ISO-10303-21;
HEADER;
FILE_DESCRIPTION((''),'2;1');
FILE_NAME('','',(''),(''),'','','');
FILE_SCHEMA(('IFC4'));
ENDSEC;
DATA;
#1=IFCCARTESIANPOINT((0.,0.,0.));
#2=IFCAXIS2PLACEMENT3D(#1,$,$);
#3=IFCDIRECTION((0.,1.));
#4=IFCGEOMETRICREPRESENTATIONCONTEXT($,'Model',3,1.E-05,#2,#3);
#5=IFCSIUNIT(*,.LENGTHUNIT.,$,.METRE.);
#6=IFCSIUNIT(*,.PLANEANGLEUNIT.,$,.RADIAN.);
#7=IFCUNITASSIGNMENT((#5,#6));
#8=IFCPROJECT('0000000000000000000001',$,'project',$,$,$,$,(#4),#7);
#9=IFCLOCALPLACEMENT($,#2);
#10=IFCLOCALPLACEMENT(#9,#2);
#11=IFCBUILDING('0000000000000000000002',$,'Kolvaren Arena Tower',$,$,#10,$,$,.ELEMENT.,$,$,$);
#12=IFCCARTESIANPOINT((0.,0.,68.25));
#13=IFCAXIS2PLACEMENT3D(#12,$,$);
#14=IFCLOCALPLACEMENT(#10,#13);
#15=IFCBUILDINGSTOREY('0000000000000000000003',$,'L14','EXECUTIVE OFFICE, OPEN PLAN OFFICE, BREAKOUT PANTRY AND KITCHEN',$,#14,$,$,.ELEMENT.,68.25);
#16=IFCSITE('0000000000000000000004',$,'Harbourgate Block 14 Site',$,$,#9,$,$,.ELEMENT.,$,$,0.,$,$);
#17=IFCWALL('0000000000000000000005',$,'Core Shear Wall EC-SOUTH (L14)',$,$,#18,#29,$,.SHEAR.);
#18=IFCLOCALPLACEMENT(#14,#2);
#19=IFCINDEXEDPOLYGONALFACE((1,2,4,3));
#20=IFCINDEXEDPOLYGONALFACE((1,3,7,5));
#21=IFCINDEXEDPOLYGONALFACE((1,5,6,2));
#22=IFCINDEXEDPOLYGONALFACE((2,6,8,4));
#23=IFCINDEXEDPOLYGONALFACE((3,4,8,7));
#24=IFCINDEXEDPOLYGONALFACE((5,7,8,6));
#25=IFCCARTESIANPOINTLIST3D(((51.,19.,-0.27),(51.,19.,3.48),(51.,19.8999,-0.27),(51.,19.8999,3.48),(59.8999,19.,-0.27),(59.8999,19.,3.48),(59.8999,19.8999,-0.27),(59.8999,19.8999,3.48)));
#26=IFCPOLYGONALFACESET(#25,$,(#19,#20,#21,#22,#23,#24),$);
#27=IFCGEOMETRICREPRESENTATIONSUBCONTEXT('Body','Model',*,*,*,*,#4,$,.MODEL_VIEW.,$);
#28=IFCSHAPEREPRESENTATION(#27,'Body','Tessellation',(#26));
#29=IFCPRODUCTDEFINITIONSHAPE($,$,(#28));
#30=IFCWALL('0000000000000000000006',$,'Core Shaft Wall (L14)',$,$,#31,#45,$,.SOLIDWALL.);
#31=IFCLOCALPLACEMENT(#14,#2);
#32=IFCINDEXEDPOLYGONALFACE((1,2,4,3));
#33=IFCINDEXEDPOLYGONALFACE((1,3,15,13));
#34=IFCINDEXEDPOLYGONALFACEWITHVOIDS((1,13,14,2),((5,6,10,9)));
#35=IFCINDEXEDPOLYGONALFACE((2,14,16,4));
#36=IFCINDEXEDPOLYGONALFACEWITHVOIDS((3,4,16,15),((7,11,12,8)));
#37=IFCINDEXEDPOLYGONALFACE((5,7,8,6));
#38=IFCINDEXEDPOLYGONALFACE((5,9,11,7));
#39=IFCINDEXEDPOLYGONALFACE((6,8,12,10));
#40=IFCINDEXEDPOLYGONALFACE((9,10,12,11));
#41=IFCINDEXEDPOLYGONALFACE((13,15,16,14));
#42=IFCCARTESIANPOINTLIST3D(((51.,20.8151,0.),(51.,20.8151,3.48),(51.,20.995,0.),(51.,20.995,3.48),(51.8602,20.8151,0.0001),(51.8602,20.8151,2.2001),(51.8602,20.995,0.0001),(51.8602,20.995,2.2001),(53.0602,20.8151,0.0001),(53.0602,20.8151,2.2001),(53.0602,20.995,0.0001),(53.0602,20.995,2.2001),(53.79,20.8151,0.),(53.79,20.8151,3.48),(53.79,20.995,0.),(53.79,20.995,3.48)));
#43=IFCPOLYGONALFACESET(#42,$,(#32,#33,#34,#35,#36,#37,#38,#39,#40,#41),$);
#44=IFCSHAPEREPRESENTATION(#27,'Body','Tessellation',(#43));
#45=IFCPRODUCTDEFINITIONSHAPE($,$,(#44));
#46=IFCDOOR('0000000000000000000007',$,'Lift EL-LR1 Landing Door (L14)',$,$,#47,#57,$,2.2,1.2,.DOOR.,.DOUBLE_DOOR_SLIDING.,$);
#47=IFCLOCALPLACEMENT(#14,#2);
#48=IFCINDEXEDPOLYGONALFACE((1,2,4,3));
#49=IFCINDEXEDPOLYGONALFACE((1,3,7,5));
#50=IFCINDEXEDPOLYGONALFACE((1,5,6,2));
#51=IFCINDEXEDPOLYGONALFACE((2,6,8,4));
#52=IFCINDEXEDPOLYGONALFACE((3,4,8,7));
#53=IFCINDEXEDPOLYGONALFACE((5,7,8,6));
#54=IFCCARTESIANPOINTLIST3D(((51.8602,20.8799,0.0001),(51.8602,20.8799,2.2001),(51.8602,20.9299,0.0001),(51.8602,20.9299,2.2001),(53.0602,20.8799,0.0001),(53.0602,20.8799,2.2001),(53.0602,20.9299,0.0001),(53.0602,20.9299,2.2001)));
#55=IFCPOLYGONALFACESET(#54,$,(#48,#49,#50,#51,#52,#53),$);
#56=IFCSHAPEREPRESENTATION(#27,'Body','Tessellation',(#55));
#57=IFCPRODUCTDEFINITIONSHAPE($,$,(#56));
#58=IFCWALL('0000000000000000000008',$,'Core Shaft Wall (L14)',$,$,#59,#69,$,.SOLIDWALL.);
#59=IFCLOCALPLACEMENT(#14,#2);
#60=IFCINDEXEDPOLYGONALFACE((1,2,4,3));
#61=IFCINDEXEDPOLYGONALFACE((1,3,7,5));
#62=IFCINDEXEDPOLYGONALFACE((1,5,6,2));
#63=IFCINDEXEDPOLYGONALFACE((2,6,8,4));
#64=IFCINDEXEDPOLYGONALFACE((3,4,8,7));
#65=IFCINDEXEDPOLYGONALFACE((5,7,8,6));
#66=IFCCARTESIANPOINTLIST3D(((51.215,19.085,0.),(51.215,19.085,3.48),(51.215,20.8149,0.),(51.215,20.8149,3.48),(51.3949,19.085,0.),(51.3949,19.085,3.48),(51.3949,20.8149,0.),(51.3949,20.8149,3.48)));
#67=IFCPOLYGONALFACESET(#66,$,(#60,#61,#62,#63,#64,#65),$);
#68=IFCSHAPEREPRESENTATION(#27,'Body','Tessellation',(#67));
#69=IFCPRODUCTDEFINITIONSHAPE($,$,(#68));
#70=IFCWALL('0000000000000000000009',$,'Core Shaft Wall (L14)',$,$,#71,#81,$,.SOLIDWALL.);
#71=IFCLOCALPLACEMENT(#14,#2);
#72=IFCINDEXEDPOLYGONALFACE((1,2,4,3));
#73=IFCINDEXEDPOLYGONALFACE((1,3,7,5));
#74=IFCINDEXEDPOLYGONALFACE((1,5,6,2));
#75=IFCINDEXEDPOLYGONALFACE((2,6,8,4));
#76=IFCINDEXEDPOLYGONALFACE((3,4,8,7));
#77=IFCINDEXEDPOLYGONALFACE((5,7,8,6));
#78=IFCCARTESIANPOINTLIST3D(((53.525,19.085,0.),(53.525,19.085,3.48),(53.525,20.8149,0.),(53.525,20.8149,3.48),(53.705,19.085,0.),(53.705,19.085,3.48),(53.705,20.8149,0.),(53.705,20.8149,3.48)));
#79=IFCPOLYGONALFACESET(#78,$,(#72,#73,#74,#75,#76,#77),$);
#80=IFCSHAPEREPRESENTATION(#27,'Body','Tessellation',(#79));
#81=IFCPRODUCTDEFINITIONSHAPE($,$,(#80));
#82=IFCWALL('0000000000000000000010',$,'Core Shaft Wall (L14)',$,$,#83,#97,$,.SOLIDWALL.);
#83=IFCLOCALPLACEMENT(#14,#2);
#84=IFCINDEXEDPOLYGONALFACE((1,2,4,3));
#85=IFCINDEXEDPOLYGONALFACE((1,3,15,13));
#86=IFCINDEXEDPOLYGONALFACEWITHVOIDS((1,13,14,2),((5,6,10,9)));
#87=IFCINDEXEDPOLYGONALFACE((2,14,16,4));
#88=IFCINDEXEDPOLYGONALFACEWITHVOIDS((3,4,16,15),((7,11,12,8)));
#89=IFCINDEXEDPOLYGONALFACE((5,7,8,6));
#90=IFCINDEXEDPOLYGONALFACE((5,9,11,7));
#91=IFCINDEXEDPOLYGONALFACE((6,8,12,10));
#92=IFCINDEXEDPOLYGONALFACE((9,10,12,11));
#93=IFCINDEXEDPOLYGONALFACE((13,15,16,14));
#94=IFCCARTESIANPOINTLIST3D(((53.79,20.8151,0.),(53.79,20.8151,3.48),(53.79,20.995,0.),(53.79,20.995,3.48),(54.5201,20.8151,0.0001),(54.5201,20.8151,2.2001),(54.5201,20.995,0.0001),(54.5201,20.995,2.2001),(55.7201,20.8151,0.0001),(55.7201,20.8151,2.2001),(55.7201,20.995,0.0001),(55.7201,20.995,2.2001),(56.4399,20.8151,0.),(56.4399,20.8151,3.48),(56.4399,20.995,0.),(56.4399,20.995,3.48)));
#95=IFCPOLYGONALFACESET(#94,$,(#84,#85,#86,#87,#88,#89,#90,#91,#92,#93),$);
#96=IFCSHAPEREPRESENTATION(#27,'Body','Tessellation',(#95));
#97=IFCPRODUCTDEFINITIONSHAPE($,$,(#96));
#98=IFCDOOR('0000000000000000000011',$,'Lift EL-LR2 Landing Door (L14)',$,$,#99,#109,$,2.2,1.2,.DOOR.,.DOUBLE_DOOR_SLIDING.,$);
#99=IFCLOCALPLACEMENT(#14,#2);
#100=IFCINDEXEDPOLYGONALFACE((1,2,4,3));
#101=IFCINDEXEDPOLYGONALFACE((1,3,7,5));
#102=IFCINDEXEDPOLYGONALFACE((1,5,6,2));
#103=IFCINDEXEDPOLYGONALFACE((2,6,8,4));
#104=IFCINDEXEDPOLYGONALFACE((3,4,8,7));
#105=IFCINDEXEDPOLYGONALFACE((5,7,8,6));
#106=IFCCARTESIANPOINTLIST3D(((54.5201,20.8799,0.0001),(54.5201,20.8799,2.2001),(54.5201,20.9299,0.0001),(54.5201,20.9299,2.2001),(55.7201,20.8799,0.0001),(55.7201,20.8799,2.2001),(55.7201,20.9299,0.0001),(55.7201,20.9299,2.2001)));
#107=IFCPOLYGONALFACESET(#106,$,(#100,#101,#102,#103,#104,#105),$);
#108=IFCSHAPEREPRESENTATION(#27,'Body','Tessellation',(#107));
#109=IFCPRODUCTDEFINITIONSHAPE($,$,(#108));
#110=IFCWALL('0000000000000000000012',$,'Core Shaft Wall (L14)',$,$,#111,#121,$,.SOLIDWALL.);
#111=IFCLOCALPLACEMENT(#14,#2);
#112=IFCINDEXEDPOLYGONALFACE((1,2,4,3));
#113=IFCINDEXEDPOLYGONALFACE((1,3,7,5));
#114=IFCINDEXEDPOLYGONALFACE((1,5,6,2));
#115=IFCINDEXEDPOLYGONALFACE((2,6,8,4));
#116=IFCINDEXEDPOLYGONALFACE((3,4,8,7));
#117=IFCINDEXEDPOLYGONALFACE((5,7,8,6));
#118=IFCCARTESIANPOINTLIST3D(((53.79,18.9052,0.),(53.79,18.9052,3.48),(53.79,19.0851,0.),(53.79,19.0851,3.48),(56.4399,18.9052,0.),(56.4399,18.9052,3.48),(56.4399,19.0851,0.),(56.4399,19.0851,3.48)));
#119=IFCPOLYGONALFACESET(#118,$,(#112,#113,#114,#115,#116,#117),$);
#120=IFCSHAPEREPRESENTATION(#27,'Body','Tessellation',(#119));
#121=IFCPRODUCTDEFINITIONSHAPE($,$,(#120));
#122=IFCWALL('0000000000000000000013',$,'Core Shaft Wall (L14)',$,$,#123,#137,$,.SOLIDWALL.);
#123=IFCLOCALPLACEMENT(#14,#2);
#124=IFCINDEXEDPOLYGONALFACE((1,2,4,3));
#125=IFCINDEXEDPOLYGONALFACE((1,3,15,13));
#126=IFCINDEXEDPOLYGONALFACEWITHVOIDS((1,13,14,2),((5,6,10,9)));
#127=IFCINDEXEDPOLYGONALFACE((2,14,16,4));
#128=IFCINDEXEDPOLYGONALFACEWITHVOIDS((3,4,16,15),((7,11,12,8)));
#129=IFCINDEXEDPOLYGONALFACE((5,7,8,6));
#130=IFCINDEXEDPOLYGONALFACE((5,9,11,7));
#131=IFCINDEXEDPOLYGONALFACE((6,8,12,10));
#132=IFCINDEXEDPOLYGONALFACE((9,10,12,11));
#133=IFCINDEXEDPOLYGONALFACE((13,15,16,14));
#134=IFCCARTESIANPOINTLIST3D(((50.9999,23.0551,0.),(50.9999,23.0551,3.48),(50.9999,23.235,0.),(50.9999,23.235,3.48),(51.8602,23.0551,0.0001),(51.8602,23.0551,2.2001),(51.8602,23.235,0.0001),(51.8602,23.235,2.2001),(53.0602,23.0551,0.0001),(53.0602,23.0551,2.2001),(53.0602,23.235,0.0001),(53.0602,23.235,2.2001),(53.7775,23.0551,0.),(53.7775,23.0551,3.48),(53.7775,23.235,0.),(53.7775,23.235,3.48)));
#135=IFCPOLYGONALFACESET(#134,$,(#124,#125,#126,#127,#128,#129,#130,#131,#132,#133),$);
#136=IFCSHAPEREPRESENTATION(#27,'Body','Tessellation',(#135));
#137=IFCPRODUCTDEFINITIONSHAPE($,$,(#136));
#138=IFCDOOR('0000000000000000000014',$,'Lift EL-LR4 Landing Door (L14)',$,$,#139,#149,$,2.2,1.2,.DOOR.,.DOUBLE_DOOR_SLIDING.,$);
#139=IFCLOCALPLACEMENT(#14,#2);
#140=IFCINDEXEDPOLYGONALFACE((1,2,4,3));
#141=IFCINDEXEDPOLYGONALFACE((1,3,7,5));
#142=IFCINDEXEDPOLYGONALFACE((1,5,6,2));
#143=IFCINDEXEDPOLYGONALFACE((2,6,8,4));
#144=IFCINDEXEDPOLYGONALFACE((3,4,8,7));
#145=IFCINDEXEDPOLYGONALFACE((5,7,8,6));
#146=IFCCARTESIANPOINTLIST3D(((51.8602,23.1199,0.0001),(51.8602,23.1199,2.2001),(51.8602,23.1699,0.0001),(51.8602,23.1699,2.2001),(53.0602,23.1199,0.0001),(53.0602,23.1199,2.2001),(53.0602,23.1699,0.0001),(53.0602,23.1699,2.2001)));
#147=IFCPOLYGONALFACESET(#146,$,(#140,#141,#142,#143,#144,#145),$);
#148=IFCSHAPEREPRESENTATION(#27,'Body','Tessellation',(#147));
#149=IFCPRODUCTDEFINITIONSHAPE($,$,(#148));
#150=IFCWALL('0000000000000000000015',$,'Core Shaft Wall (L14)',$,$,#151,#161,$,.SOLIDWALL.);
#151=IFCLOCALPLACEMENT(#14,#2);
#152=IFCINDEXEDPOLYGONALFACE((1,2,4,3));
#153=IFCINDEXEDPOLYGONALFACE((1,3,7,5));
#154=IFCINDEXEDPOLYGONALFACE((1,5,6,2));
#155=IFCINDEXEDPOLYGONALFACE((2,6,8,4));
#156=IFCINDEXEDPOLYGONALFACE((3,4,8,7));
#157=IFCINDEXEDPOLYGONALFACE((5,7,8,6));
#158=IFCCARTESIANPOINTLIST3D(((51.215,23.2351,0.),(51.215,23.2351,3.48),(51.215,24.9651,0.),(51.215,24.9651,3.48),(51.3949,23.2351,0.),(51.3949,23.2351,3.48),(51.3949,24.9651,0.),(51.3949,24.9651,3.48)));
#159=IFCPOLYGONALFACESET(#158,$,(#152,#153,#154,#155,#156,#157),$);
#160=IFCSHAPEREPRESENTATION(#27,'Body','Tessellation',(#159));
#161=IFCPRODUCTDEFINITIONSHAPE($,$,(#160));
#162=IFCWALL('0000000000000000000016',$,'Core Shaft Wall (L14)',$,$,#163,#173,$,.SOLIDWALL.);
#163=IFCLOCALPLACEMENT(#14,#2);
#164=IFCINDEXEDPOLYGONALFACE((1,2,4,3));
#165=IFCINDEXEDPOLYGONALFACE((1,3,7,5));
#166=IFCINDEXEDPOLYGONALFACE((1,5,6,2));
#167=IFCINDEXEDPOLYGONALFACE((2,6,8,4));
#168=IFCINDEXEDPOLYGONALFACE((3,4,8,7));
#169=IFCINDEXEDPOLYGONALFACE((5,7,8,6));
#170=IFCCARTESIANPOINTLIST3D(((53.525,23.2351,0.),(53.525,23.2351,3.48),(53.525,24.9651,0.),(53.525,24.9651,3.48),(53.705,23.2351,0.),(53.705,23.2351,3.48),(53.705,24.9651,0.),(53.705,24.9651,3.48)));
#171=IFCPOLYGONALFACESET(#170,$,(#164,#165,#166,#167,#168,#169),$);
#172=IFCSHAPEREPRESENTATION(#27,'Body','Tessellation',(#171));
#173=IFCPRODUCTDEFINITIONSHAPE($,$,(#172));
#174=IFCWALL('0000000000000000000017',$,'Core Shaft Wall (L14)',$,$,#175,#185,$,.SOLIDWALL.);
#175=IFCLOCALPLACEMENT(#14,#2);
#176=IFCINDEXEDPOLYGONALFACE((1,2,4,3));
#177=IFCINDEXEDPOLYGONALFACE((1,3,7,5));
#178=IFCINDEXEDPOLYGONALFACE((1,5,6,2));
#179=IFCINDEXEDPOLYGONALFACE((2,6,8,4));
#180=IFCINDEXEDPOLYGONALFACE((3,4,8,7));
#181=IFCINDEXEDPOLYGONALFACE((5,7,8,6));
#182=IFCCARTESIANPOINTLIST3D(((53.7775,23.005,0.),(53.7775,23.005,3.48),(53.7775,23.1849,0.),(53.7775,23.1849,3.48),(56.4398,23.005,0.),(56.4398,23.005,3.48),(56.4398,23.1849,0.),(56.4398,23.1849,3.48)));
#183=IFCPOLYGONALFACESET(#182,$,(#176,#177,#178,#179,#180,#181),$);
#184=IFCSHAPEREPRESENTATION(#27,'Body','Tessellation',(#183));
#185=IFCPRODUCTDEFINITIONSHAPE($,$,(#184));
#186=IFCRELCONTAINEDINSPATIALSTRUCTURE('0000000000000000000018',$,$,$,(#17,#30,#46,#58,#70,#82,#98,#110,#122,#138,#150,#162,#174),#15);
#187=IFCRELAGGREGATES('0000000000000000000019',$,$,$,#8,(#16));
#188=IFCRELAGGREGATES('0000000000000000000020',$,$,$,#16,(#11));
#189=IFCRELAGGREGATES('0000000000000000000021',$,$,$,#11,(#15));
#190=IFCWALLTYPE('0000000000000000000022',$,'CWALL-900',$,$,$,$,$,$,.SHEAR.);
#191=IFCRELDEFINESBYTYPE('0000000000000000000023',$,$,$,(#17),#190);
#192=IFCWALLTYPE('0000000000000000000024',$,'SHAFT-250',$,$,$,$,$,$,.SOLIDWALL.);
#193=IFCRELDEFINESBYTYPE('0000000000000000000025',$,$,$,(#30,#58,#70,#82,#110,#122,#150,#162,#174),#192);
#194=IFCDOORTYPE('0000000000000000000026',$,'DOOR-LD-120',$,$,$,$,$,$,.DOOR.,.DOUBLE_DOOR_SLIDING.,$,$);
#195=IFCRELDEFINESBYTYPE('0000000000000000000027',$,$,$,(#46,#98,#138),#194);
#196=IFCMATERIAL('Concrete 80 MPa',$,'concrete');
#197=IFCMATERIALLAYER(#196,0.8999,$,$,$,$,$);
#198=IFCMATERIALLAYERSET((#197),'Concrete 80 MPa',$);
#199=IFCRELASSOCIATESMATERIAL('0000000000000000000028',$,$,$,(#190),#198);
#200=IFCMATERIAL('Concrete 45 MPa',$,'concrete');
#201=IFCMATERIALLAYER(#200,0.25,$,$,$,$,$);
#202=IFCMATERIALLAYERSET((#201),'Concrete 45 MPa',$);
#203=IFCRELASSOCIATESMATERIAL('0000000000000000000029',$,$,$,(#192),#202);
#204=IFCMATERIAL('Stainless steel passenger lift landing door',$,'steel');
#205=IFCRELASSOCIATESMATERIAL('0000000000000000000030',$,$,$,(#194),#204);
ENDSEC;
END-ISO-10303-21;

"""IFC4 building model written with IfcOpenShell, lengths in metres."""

from ifc_helpers import new_model, si_unit, direction, frame, frame_2d, origin, place, context, subcontext, project, spatial, rectangle, extrude, material, layer, layer_set, type_object, element, fill, save


model = new_model("IFC4")

# Units and contexts
model_context = context("Model", 3, precision=1e-05, world=origin(), true_north=direction((0.0, 1.0)))
body_context = subcontext(model_context, "Body", "Model", "MODEL_VIEW")
ifc_project = project(units=[si_unit("LENGTHUNIT", "METRE"), si_unit("PLANEANGLEUNIT", "RADIAN")], contexts=[model_context])

# Site, building, storey
site_placement = place(None, origin())
site = spatial("IfcSite", under=ifc_project, at=site_placement, Name="Harbourgate Block 14 Site", CompositionType="ELEMENT", RefElevation=0.0)
building_placement = place(site_placement, origin())
building = spatial("IfcBuilding", under=site, at=building_placement, Name="Kolvaren Arena Tower", CompositionType="ELEMENT")
storey_placement = place(building_placement, frame((0.0, 0.0, 68.25)))
storey = spatial("IfcBuildingStorey", under=building, at=storey_placement, Name="L14", Description="EXECUTIVE OFFICE, OPEN PLAN OFFICE, BREAKOUT PANTRY AND KITCHEN", CompositionType="ELEMENT", Elevation=68.25)

# Wall
ifc_material_1 = material(Name="Concrete 80 MPa", Category="concrete")
ifc_layer_1 = layer(ifc_material_1, 0.8999)
ifc_layer_set_1 = layer_set([ifc_layer_1], Name="Concrete 80 MPa")
wall_type_1 = type_object("IfcWallType", Name="CWALL-900", PredefinedType="SHEAR", material=ifc_layer_set_1)
wall_1_placement = place(storey_placement, frame((51.0, 19.45, -0.27), z_axis=(0.0, 0.0, 1.0), x_axis=(1.0, 0.0, 0.0)))
element("IfcWall", 1, at=wall_1_placement, inside=storey, type_object=wall_type_1, Name="Core Shear Wall EC-SOUTH (L14)", PredefinedType="SHEAR", context=body_context, shape_type="SweptSolid", body=[
    extrude(rectangle(XDim=8.8999, YDim=0.8999, at=frame_2d((4.45, 0.0))), origin(), (0.0, 0.0, 1.0), 3.75),
])

# Wall, opening, door
ifc_material_2 = material(Name="Concrete 45 MPa", Category="concrete")
ifc_layer_2 = layer(ifc_material_2, 0.25)
ifc_layer_set_2 = layer_set([ifc_layer_2], Name="Concrete 45 MPa")
wall_type_2 = type_object("IfcWallType", Name="SHAFT-250", PredefinedType="SOLIDWALL", material=ifc_layer_set_2)
wall_2_placement = place(storey_placement, frame((51.0, 20.905, 0.0), z_axis=(0.0, 0.0, 1.0), x_axis=(1.0, 0.0, 0.0)))
wall_2 = element("IfcWall", 2, at=wall_2_placement, inside=storey, type_object=wall_type_2, Name="Core Shaft Wall (L14)", PredefinedType="SOLIDWALL", context=body_context, shape_type="SweptSolid", body=[
    extrude(rectangle(XDim=2.79, YDim=0.1799, at=frame_2d((1.395, 0.0))), origin(), (0.0, 0.0, 1.0), 3.48),
])
opening_1_placement = place(wall_2_placement, frame((0.8601, 0.0, 0.0)))
opening_1 = element("IfcOpeningElement", 3, at=opening_1_placement, cuts=wall_2, PredefinedType="OPENING", context=body_context, shape_type="SweptSolid", body=[
    extrude(rectangle(XDim=1.2, YDim=2.2, at=frame_2d((0.6001, 1.1001))), frame((0.0, 0.0999, 0.0), z_axis=(0.0, -1.0, 0.0), x_axis=(1.0, 0.0, 0.0)), (0.0, 0.0, 1.0), 0.2),
])
ifc_material_3 = material(Name="Stainless steel passenger lift landing door", Category="steel")
door_type = type_object("IfcDoorType", Name="DOOR-LD-120", OperationType="DOUBLE_DOOR_SLIDING", PredefinedType="DOOR", material=ifc_material_3)
door_1_placement = place(opening_1_placement, origin())
door_1 = element("IfcDoor", 4, at=door_1_placement, inside=storey, type_object=door_type, Name="Lift EL-LR1 Landing Door (L14)", OperationType="DOUBLE_DOOR_SLIDING", OverallHeight=2.2, OverallWidth=1.2, PredefinedType="DOOR", context=body_context, shape_type="SweptSolid", body=[
    extrude(rectangle(XDim=1.2, YDim=2.2, at=frame_2d((0.6001, 1.1001))), frame((0.0, 0.0249, 0.0), z_axis=(0.0, -1.0, 0.0), x_axis=(1.0, 0.0, 0.0)), (0.0, 0.0, 1.0), 0.05),
])
fill(opening_1, door_1)

# Walls
for number, where, z_axis, x_axis, name in (
    (5, (51.3049, 19.085, 0.0), (0.0, 0.0, 1.0), (0.0, 1.0, 0.0), "Core Shaft Wall (L14)"),
    (6, (53.615, 19.085, 0.0), (0.0, 0.0, 1.0), (0.0, 1.0, 0.0), "Core Shaft Wall (L14)"),
):
    element("IfcWall", number, at=place(storey_placement, frame(where, z_axis=z_axis, x_axis=x_axis)), inside=storey, type_object=wall_type_2, Name=name, PredefinedType="SOLIDWALL", context=body_context, shape_type="SweptSolid", body=[
        extrude(rectangle(XDim=1.73, YDim=0.1799, at=frame_2d((0.865, 0.0))), origin(), (0.0, 0.0, 1.0), 3.48),
    ])

# Wall, opening, door
wall_3_placement = place(storey_placement, frame((53.79, 20.905, 0.0), z_axis=(0.0, 0.0, 1.0), x_axis=(1.0, 0.0, 0.0)))
wall_3 = element("IfcWall", 7, at=wall_3_placement, inside=storey, type_object=wall_type_2, Name="Core Shaft Wall (L14)", PredefinedType="SOLIDWALL", context=body_context, shape_type="SweptSolid", body=[
    extrude(rectangle(XDim=2.6499, YDim=0.1799, at=frame_2d((1.325, 0.0))), origin(), (0.0, 0.0, 1.0), 3.48),
])
opening_2_placement = place(wall_3_placement, frame((0.73, 0.0, 0.0)))
opening_2 = element("IfcOpeningElement", 8, at=opening_2_placement, cuts=wall_3, PredefinedType="OPENING", context=body_context, shape_type="SweptSolid", body=[
    extrude(rectangle(XDim=1.2, YDim=2.2, at=frame_2d((0.6001, 1.1001))), frame((0.0, 0.0999, 0.0), z_axis=(0.0, -1.0, 0.0), x_axis=(1.0, 0.0, 0.0)), (0.0, 0.0, 1.0), 0.2),
])
door_2_placement = place(opening_2_placement, origin())
door_2 = element("IfcDoor", 9, at=door_2_placement, inside=storey, type_object=door_type, Name="Lift EL-LR2 Landing Door (L14)", OperationType="DOUBLE_DOOR_SLIDING", OverallHeight=2.2, OverallWidth=1.2, PredefinedType="DOOR", context=body_context, shape_type="SweptSolid", body=[
    extrude(rectangle(XDim=1.2, YDim=2.2, at=frame_2d((0.6001, 1.1001))), frame((0.0, 0.0249, 0.0), z_axis=(0.0, -1.0, 0.0), x_axis=(1.0, 0.0, 0.0)), (0.0, 0.0, 1.0), 0.05),
])
fill(opening_2, door_2)

# Wall
wall_4_placement = place(storey_placement, frame((53.79, 18.9951, 0.0), z_axis=(0.0, 0.0, 1.0), x_axis=(1.0, 0.0, 0.0)))
element("IfcWall", 10, at=wall_4_placement, inside=storey, type_object=wall_type_2, Name="Core Shaft Wall (L14)", PredefinedType="SOLIDWALL", context=body_context, shape_type="SweptSolid", body=[
    extrude(rectangle(XDim=2.6499, YDim=0.1799, at=frame_2d((1.325, 0.0))), origin(), (0.0, 0.0, 1.0), 3.48),
])

# Wall, opening, door
wall_5_placement = place(storey_placement, frame((51.0, 23.145, 0.0), z_axis=(0.0, 0.0, 1.0), x_axis=(1.0, 0.0, 0.0)))
wall_5 = element("IfcWall", 11, at=wall_5_placement, inside=storey, type_object=wall_type_2, Name="Core Shaft Wall (L14)", PredefinedType="SOLIDWALL", context=body_context, shape_type="SweptSolid", body=[
    extrude(rectangle(XDim=2.7776, YDim=0.1799, at=frame_2d((1.3887, 0.0))), origin(), (0.0, 0.0, 1.0), 3.48),
])
opening_3_placement = place(wall_5_placement, frame((0.8601, 0.0, 0.0)))
opening_3 = element("IfcOpeningElement", 12, at=opening_3_placement, cuts=wall_5, PredefinedType="OPENING", context=body_context, shape_type="SweptSolid", body=[
    extrude(rectangle(XDim=1.2, YDim=2.2, at=frame_2d((0.6001, 1.1001))), frame((0.0, 0.0999, 0.0), z_axis=(0.0, -1.0, 0.0), x_axis=(1.0, 0.0, 0.0)), (0.0, 0.0, 1.0), 0.2),
])
door_3_placement = place(opening_3_placement, origin())
door_3 = element("IfcDoor", 13, at=door_3_placement, inside=storey, type_object=door_type, Name="Lift EL-LR4 Landing Door (L14)", OperationType="DOUBLE_DOOR_SLIDING", OverallHeight=2.2, OverallWidth=1.2, PredefinedType="DOOR", context=body_context, shape_type="SweptSolid", body=[
    extrude(rectangle(XDim=1.2, YDim=2.2, at=frame_2d((0.6001, 1.1001))), frame((0.0, 0.0249, 0.0), z_axis=(0.0, -1.0, 0.0), x_axis=(1.0, 0.0, 0.0)), (0.0, 0.0, 1.0), 0.05),
])
fill(opening_3, door_3)

# Walls
for number, where, z_axis, x_axis, name in (
    (14, (51.3049, 23.2351, 0.0), (0.0, 0.0, 1.0), (0.0, 1.0, 0.0), "Core Shaft Wall (L14)"),
    (15, (53.615, 23.2351, 0.0), (0.0, 0.0, 1.0), (0.0, 1.0, 0.0), "Core Shaft Wall (L14)"),
):
    element("IfcWall", number, at=place(storey_placement, frame(where, z_axis=z_axis, x_axis=x_axis)), inside=storey, type_object=wall_type_2, Name=name, PredefinedType="SOLIDWALL", context=body_context, shape_type="SweptSolid", body=[
        extrude(rectangle(XDim=1.73, YDim=0.1799, at=frame_2d((0.865, 0.0))), origin(), (0.0, 0.0, 1.0), 3.48),
    ])
wall_6_placement = place(storey_placement, frame((53.7776, 23.095, 0.0), z_axis=(0.0, 0.0, 1.0), x_axis=(1.0, 0.0, 0.0)))
element("IfcWall", 16, at=wall_6_placement, inside=storey, type_object=wall_type_2, Name="Core Shaft Wall (L14)", PredefinedType="SOLIDWALL", context=body_context, shape_type="SweptSolid", body=[
    extrude(rectangle(XDim=2.6624, YDim=0.1799, at=frame_2d((1.3311, 0.0))), origin(), (0.0, 0.0, 1.0), 3.48),
])

save(model, "model.ifc")
